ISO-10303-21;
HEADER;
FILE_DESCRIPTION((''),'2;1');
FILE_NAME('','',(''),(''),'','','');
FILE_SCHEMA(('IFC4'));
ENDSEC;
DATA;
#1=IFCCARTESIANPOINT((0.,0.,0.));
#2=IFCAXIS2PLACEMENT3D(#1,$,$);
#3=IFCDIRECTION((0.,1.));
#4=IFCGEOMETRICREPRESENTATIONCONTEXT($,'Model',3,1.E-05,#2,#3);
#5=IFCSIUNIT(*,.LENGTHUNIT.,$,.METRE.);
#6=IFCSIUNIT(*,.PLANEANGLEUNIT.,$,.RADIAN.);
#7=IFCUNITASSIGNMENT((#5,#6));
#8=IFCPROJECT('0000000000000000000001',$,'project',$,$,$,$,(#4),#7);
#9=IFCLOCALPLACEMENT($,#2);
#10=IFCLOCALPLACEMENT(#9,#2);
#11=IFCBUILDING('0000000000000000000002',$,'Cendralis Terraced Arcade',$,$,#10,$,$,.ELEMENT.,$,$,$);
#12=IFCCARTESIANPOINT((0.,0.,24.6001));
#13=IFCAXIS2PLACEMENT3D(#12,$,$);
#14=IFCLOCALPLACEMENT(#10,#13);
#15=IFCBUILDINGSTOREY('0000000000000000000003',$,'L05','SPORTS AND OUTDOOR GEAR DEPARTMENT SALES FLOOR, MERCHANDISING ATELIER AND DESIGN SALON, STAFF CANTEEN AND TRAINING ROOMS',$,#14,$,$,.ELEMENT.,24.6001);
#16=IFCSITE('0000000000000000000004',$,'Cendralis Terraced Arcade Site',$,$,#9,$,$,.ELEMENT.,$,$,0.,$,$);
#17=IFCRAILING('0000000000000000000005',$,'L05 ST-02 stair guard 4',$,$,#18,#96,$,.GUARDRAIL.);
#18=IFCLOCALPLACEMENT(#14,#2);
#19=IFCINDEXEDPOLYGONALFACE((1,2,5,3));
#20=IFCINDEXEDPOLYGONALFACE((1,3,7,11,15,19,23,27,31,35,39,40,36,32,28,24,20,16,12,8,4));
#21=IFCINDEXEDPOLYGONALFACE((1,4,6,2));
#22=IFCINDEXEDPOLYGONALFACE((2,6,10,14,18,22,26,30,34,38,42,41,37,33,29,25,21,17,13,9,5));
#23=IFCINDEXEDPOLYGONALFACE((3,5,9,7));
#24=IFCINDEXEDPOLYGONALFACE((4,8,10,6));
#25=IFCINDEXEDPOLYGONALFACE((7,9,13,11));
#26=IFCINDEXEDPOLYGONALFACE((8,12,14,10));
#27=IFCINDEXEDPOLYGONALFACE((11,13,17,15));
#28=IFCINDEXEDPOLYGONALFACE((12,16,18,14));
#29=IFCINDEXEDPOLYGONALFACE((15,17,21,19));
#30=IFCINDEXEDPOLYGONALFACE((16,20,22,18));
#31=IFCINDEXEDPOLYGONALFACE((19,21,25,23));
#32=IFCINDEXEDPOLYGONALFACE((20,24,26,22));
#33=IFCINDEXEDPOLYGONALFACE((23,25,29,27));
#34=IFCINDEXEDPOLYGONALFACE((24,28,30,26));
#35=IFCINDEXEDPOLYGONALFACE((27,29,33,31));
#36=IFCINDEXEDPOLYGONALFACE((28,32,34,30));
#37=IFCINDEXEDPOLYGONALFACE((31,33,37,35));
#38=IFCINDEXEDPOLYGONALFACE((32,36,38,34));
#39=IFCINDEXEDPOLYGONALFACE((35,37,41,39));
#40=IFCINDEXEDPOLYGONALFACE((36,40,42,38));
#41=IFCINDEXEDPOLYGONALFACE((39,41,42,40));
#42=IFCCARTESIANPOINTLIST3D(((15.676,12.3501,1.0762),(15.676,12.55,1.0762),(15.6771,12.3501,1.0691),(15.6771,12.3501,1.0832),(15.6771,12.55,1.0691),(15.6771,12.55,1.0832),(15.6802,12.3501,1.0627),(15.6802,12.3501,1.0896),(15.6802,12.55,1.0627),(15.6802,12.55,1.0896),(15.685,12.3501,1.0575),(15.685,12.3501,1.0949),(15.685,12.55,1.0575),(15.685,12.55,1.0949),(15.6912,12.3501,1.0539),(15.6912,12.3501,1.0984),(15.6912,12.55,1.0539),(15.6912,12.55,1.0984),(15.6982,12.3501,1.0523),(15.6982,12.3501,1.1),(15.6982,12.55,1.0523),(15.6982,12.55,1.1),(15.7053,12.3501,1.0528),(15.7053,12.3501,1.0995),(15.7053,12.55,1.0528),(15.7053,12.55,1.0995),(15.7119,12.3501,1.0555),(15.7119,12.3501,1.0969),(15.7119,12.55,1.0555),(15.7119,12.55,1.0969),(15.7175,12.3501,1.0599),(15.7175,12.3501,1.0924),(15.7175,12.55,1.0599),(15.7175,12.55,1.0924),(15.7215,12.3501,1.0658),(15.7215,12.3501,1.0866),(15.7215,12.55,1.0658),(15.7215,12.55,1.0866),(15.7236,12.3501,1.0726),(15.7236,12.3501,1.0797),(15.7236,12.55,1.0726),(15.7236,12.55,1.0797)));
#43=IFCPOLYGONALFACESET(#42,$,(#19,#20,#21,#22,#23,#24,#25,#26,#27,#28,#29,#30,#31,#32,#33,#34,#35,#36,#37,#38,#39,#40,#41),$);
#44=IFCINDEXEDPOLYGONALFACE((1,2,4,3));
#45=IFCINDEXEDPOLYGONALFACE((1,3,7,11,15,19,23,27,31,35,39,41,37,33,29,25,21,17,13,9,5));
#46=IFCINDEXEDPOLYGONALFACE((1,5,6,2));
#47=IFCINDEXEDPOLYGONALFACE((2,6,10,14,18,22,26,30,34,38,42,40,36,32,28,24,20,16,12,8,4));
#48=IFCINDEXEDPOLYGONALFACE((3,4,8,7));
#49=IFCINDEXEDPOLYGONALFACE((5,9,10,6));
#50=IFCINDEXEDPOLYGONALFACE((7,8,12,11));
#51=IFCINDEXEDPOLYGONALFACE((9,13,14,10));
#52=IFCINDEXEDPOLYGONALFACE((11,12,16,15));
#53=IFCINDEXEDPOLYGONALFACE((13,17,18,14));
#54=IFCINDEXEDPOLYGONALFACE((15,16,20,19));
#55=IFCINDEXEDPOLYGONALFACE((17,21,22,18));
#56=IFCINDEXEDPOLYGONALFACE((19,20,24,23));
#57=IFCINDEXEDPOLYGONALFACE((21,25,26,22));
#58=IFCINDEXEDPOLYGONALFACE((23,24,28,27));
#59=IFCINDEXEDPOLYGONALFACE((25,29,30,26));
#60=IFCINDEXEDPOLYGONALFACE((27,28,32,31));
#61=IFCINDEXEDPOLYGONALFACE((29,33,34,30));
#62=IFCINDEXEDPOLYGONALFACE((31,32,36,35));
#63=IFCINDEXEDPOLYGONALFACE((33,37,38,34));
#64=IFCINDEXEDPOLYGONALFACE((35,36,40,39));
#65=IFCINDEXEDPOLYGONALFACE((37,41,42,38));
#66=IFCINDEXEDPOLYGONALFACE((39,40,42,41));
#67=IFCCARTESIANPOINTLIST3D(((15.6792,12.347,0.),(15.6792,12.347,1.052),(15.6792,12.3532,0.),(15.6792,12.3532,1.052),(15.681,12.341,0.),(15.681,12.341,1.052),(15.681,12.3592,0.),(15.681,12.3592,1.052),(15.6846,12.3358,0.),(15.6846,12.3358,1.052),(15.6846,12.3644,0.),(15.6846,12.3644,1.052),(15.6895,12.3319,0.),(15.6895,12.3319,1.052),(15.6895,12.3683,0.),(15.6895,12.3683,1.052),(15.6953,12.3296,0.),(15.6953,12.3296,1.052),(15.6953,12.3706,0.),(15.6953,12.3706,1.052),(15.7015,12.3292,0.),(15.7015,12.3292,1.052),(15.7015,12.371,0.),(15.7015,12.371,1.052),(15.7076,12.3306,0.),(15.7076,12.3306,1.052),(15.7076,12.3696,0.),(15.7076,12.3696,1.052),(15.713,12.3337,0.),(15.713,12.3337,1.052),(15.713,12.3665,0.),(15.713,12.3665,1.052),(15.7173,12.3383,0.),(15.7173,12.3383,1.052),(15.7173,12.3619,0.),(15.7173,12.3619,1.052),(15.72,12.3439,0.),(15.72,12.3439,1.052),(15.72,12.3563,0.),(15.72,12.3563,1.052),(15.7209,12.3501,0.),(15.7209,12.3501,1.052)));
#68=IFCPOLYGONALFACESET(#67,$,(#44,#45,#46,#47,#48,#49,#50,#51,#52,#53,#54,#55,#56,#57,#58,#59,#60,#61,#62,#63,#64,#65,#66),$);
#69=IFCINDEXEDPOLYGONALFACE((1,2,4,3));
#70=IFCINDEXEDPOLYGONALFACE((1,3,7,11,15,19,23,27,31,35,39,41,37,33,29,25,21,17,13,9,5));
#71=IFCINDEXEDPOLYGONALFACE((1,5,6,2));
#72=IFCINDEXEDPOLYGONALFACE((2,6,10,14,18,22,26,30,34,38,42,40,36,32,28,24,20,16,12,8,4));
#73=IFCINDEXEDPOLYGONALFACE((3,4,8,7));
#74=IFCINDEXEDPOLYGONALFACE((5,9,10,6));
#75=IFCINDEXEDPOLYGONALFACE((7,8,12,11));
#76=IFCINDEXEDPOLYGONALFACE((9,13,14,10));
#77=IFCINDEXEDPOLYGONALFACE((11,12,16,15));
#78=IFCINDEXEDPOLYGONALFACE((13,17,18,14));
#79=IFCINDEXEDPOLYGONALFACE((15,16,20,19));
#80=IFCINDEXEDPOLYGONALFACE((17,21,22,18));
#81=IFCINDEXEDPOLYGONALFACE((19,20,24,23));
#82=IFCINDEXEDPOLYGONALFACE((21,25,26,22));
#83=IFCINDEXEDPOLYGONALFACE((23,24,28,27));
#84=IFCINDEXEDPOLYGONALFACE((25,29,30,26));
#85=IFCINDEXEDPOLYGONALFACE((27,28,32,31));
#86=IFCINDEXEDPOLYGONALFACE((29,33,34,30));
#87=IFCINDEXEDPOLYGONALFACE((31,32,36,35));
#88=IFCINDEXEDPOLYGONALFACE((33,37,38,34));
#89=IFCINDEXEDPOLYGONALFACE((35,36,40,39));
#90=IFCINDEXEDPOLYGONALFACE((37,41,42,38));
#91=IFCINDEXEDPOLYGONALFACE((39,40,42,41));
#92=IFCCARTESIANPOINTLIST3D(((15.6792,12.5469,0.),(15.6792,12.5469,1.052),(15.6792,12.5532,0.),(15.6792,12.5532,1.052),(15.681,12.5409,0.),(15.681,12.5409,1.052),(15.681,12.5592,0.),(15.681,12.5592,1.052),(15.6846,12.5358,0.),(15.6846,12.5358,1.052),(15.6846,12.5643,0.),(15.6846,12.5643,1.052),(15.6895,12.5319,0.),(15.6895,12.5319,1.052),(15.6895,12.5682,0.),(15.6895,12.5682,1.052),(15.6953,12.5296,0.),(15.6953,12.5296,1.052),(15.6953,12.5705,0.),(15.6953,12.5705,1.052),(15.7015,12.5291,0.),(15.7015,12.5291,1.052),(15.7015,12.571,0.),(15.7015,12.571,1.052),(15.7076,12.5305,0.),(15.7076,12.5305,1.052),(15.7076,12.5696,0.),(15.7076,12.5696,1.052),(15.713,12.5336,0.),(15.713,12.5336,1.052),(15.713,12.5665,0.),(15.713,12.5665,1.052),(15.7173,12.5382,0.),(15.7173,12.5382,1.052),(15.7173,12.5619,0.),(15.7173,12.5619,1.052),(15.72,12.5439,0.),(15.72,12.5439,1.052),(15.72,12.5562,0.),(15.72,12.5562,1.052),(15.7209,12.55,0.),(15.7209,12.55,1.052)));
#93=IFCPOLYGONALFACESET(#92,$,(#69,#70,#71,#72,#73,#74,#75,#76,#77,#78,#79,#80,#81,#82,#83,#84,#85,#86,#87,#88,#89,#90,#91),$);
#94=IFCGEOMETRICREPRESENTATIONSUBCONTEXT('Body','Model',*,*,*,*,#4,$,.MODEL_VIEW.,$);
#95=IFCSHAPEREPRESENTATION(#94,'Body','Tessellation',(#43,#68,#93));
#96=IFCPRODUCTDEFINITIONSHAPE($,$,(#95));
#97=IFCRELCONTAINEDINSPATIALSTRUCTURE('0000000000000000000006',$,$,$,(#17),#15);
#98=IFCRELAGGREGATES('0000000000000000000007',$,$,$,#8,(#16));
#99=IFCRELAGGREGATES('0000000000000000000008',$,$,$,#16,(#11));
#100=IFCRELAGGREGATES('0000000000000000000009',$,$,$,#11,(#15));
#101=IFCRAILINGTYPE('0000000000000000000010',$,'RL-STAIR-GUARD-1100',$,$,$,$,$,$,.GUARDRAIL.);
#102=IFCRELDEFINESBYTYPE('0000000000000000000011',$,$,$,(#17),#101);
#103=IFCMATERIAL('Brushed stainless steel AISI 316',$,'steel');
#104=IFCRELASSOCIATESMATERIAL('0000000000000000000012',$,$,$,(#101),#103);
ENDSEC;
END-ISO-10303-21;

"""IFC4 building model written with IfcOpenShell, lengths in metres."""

from ifc_helpers import new_model, si_unit, direction, frame, origin, origin_2d, place, context, subcontext, project, spatial, circle, extrude, material, type_object, element, save


model = new_model("IFC4")

# Units and contexts
model_context = context("Model", 3, precision=1e-05, world=origin(), true_north=direction((0.0, 1.0)))
body_context = subcontext(model_context, "Body", "Model", "MODEL_VIEW")
ifc_project = project(units=[si_unit("LENGTHUNIT", "METRE"), si_unit("PLANEANGLEUNIT", "RADIAN")], contexts=[model_context])

# Site, building, storey
site_placement = place(None, origin())
site = spatial("IfcSite", under=ifc_project, at=site_placement, Name="Cendralis Terraced Arcade Site", CompositionType="ELEMENT", RefElevation=0.0)
building_placement = place(site_placement, origin())
building = spatial("IfcBuilding", under=site, at=building_placement, Name="Cendralis Terraced Arcade", CompositionType="ELEMENT")
storey_placement = place(building_placement, frame((0.0, 0.0, 24.6001)))
storey = spatial("IfcBuildingStorey", under=building, at=storey_placement, Name="L05", Description="SPORTS AND OUTDOOR GEAR DEPARTMENT SALES FLOOR, MERCHANDISING ATELIER AND DESIGN SALON, STAFF CANTEEN AND TRAINING ROOMS", CompositionType="ELEMENT", Elevation=24.6001)

# Railing
ifc_material_1 = material(Name="Brushed stainless steel AISI 316", Category="steel")
railing_type_1 = type_object("IfcRailingType", Name="RL-STAIR-GUARD-1100", PredefinedType="GUARDRAIL", material=ifc_material_1)
railing_1_placement = place(storey_placement, frame((15.7, 12.3501, 0.0)))
element("IfcRailing", 1, at=railing_1_placement, inside=storey, type_object=railing_type_1, Name="L05 ST-02 stair guard 4", PredefinedType="GUARDRAIL", context=body_context, shape_type="SweptSolid", body=[
    extrude(circle(Radius=0.0239, at=origin_2d()), frame((0.0, 0.0, 1.0762), z_axis=(0.0, 1.0, 0.0), x_axis=(-1.0, 0.0, 0.0)), (0.0, 0.0, 1.0), 0.2),
    extrude(circle(Radius=0.021, at=origin_2d()), origin(), (0.0, 0.0, 1.0), 1.052),
    extrude(circle(Radius=0.021, at=origin_2d()), frame((0.0, 0.2, 0.0)), (0.0, 0.0, 1.0), 1.052),
])

save(model, "model.ifc")
